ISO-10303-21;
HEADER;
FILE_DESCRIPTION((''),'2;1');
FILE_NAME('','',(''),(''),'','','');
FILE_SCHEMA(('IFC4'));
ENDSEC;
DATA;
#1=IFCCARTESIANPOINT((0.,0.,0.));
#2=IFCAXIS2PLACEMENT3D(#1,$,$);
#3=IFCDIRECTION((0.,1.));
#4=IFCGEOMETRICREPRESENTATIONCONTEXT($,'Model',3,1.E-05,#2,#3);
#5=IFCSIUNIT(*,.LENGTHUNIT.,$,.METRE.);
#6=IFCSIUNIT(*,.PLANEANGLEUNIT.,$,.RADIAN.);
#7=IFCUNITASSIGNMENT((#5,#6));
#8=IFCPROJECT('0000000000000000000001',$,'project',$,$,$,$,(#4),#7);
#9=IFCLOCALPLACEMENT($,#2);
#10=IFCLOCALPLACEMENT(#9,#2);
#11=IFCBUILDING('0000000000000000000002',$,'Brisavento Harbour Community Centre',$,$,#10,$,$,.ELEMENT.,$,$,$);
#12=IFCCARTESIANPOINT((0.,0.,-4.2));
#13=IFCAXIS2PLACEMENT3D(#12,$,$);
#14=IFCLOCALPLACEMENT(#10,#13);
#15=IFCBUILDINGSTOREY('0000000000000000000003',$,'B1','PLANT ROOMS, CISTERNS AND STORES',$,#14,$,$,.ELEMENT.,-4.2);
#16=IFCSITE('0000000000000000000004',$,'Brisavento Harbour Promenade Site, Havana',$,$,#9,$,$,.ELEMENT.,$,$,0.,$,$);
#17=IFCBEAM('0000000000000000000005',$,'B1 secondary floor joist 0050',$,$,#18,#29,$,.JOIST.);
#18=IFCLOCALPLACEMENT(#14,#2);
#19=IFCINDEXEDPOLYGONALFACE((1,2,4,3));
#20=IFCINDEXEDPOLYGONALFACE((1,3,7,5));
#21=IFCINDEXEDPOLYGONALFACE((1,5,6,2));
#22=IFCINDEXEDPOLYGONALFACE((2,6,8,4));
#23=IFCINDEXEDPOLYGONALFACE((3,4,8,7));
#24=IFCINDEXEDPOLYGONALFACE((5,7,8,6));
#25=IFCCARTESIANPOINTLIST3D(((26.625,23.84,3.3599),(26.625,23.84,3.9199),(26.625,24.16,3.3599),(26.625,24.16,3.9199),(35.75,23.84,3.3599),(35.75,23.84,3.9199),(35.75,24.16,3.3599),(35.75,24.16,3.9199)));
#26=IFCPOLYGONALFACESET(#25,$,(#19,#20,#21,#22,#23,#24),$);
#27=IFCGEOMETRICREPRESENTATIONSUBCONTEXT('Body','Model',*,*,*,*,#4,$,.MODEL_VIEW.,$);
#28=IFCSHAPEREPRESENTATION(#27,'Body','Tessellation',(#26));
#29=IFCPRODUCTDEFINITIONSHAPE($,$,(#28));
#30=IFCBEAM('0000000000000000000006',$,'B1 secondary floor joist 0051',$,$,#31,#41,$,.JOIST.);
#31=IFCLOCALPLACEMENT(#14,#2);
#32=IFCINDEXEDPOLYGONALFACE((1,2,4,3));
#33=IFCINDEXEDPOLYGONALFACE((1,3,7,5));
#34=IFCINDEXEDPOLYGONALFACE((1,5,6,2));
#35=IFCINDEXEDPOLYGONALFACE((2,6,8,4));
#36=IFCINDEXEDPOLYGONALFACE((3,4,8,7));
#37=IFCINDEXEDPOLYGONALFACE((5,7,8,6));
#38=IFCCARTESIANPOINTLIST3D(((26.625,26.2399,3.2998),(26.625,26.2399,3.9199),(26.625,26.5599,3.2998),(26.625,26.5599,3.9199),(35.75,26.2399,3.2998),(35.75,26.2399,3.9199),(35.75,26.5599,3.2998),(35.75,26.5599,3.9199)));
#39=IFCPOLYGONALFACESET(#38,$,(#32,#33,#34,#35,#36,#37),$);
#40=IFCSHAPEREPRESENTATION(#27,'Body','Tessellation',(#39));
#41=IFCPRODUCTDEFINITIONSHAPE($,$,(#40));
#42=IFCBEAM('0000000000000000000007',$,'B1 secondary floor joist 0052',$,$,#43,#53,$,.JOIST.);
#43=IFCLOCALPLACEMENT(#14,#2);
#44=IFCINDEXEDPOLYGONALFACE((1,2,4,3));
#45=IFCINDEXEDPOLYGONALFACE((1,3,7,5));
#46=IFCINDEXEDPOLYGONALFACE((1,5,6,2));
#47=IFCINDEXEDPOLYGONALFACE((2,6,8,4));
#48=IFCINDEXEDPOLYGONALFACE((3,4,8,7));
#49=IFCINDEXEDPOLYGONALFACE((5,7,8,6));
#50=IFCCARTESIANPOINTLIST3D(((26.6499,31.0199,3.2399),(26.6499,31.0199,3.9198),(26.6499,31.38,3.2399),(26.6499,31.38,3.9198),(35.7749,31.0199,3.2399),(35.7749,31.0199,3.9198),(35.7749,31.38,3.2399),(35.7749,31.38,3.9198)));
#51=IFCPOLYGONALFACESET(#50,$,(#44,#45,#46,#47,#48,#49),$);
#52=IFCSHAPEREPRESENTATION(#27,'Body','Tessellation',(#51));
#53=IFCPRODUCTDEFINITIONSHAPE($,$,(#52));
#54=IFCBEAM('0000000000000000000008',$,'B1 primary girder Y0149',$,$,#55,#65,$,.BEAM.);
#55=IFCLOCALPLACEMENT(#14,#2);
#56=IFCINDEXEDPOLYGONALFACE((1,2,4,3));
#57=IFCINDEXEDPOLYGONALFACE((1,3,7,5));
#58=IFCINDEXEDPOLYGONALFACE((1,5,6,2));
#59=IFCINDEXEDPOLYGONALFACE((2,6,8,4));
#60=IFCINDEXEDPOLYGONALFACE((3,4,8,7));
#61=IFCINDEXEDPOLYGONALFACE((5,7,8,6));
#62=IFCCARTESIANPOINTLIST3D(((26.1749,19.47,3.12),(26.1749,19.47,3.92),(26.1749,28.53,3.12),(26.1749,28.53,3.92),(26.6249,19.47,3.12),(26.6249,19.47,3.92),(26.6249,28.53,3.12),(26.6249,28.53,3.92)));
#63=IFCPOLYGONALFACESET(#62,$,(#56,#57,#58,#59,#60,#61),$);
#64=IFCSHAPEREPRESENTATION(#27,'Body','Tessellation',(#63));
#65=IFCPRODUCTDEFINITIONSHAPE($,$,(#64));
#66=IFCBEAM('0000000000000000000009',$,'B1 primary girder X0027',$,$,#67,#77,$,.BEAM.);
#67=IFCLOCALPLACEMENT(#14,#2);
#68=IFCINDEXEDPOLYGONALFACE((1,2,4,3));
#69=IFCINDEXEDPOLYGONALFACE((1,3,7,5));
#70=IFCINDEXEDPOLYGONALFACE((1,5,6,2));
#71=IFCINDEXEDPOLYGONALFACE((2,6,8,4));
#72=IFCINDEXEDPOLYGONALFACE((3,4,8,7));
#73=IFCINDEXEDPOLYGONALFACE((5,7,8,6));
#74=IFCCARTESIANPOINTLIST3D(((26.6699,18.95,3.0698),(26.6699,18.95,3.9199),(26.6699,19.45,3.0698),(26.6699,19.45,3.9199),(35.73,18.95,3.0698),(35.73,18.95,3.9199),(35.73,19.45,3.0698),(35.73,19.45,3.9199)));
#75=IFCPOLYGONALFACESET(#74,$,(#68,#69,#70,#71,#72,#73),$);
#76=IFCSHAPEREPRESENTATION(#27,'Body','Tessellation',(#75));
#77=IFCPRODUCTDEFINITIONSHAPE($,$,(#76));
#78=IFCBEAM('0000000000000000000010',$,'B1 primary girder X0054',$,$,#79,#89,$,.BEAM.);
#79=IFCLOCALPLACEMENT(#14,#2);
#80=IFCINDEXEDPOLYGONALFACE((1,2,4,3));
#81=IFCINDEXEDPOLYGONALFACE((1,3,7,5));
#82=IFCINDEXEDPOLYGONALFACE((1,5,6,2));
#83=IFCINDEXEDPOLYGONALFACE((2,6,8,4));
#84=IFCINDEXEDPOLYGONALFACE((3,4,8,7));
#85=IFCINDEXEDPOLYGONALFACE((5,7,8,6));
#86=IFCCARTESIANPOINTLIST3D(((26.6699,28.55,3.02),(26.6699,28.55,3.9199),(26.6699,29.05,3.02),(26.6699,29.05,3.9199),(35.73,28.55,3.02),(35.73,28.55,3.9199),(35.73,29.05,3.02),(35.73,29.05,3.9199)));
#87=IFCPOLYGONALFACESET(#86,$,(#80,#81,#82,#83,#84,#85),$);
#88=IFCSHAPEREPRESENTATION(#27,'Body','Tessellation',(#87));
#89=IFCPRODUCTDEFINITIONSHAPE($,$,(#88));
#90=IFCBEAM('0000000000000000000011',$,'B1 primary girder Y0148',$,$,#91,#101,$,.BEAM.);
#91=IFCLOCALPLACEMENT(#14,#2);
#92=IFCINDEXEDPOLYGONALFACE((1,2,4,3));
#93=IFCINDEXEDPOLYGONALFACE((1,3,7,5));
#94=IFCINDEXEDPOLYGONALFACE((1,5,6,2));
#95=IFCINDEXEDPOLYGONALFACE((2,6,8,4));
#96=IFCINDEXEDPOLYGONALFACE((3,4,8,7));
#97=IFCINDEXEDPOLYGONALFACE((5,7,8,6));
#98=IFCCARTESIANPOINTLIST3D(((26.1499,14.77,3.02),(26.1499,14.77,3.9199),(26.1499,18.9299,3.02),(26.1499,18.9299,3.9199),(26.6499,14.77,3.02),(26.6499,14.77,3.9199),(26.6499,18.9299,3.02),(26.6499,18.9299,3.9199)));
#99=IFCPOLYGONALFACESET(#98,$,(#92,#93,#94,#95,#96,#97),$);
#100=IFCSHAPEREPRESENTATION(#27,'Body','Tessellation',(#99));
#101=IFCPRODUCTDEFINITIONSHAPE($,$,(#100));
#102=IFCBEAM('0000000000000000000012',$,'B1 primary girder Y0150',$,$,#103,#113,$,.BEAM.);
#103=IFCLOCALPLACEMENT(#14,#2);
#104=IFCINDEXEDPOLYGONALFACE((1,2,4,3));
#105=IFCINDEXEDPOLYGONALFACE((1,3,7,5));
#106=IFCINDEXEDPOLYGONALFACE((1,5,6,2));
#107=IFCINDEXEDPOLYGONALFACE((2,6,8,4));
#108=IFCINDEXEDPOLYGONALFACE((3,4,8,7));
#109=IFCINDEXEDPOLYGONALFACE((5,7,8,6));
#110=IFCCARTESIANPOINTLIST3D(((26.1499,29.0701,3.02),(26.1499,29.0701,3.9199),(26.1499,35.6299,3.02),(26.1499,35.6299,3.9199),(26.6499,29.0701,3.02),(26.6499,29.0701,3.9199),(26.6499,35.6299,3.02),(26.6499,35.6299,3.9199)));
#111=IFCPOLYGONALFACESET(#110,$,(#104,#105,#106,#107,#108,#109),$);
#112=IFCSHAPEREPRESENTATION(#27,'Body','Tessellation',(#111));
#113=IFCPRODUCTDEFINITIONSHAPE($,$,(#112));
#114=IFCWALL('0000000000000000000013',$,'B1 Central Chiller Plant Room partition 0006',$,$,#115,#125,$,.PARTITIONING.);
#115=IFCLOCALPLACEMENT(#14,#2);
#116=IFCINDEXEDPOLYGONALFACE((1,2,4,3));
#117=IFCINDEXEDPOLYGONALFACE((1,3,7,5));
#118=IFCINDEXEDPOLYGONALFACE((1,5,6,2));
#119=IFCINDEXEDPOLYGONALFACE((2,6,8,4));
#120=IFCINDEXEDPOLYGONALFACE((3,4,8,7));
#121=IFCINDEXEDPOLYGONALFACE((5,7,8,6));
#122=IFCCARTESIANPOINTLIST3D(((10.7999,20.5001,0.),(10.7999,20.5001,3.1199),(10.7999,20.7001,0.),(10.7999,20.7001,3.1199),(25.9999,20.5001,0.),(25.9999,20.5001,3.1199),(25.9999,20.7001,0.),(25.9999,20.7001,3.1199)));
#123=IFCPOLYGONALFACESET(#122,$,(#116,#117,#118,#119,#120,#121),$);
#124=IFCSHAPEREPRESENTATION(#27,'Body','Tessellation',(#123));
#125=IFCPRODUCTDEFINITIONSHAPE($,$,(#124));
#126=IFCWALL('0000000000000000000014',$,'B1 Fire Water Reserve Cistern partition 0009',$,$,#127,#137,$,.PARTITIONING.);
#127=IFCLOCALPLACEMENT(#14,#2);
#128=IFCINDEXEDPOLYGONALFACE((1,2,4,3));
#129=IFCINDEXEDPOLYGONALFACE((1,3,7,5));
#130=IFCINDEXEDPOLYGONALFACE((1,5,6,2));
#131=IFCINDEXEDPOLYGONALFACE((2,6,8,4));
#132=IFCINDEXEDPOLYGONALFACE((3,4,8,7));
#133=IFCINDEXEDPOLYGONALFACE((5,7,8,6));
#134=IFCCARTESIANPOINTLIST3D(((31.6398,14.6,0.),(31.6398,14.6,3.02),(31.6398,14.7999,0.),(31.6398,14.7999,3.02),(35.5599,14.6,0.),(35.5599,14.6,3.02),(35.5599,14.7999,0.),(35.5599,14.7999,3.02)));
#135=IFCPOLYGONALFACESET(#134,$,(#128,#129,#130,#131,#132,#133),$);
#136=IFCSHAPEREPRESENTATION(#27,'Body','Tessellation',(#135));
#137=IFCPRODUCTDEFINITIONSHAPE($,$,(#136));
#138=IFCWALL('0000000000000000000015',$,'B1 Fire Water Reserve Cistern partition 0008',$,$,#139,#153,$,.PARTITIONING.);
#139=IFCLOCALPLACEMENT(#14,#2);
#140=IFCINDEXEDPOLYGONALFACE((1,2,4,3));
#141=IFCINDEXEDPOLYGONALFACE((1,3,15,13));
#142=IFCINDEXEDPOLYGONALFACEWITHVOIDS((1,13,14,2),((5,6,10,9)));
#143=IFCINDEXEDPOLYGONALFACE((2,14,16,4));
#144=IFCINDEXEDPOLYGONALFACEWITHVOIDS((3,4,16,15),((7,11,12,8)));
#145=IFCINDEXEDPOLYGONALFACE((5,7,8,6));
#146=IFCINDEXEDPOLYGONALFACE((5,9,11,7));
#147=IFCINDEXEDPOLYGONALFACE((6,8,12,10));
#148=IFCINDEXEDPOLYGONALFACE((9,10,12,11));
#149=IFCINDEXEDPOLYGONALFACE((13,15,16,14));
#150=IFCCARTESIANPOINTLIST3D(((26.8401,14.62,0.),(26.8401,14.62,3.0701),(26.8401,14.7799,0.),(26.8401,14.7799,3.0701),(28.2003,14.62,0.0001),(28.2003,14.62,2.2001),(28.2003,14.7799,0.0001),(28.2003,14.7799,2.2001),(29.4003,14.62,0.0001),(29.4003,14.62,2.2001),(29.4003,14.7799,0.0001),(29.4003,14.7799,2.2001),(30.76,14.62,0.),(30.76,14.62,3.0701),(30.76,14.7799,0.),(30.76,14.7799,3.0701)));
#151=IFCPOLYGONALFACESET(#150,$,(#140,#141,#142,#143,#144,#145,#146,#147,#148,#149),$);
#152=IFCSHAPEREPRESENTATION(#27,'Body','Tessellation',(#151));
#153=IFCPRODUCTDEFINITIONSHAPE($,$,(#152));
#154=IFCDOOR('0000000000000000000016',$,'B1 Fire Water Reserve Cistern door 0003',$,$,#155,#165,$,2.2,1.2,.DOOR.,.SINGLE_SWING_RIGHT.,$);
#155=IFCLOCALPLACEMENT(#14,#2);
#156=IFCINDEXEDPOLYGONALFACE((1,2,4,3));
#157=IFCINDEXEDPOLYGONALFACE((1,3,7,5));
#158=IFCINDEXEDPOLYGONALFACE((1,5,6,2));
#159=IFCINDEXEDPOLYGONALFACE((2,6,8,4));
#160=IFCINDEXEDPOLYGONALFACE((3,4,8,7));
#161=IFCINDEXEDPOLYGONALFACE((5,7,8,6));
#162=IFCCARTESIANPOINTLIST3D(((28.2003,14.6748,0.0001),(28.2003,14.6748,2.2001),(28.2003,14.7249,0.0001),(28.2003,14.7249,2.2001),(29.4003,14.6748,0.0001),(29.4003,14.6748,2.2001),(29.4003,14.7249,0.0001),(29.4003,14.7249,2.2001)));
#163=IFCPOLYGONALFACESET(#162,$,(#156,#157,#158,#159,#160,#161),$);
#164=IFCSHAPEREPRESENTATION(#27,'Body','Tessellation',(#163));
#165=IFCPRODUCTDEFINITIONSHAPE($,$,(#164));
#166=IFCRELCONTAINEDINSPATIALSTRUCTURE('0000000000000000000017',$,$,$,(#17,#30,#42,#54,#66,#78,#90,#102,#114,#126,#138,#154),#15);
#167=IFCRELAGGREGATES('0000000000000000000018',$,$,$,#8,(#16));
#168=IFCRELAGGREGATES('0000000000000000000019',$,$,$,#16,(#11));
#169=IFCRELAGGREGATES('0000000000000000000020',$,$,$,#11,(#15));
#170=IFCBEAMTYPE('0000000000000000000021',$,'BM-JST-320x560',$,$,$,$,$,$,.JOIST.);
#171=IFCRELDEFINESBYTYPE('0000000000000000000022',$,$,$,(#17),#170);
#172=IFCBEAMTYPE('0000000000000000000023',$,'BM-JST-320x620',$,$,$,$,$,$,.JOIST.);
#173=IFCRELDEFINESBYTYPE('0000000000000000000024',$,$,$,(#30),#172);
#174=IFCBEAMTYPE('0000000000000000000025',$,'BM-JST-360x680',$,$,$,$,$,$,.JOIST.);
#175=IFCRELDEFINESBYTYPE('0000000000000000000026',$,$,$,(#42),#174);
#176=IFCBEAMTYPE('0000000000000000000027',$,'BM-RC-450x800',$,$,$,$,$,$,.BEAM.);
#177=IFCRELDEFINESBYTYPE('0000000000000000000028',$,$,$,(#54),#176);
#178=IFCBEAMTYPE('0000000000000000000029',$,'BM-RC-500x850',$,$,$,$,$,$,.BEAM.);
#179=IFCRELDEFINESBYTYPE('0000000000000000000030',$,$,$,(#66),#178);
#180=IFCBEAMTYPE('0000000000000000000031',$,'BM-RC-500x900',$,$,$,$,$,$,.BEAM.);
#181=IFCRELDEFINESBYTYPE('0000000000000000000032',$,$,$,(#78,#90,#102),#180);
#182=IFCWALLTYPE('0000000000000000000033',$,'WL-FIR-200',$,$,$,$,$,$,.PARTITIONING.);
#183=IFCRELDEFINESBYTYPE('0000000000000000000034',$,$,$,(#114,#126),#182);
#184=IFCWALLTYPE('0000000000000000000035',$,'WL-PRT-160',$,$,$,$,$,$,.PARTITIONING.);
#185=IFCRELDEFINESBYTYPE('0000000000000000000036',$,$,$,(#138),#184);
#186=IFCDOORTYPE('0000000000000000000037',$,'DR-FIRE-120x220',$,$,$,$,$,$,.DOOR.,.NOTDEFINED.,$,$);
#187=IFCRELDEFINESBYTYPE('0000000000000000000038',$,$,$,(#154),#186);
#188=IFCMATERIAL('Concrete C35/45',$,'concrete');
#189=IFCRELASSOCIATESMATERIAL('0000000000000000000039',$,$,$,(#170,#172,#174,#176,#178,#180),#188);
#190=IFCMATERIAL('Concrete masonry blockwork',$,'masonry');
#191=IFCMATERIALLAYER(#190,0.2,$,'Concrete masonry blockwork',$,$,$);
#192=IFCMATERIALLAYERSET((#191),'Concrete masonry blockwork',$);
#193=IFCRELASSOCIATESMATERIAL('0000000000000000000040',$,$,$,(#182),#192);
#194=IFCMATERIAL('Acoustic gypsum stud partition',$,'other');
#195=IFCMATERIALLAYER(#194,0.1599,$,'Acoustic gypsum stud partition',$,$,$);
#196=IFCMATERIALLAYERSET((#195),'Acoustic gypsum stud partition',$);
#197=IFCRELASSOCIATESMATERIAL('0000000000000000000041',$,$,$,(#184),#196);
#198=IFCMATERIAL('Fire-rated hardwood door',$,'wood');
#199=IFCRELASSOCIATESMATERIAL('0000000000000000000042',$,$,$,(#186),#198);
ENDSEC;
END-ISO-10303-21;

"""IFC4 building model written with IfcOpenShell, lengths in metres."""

from ifc_helpers import new_model, si_unit, direction, frame, frame_2d, origin, origin_2d, place, context, subcontext, project, spatial, rectangle, extrude, material, layer, layer_set, material_profile, profile_set, type_object, element, fill, save


model = new_model("IFC4")

# Units and contexts
model_context = context("Model", 3, precision=1e-05, world=origin(), true_north=direction((0.0, 1.0)))
body_context = subcontext(model_context, "Body", "Model", "MODEL_VIEW")
ifc_project = project(units=[si_unit("LENGTHUNIT", "METRE"), si_unit("PLANEANGLEUNIT", "RADIAN")], contexts=[model_context])

# Site, building, storey
site_placement = place(None, origin())
site = spatial("IfcSite", under=ifc_project, at=site_placement, Name="Brisavento Harbour Promenade Site, Havana", CompositionType="ELEMENT", RefElevation=0.0)
building_placement = place(site_placement, origin())
building = spatial("IfcBuilding", under=site, at=building_placement, Name="Brisavento Harbour Community Centre", CompositionType="ELEMENT")
storey_placement = place(building_placement, frame((0.0, 0.0, -4.2)))
storey = spatial("IfcBuildingStorey", under=building, at=storey_placement, Name="B1", Description="PLANT ROOMS, CISTERNS AND STORES", CompositionType="ELEMENT", Elevation=-4.2)

# Shared definitions
ifc_material_1 = material(Name="Concrete C35/45", Category="concrete")

# Beams
ifc_material_profile_1 = material_profile(ifc_material_1, rectangle(XDim=0.3201, YDim=0.5601, at=origin_2d()), Name="Concrete C35/45")
ifc_profile_set_1 = profile_set([ifc_material_profile_1], Name="Concrete C35/45")
beam_type_1 = type_object("IfcBeamType", Name="BM-JST-320x560", PredefinedType="JOIST", material=ifc_profile_set_1)
beam_1_placement = place(storey_placement, frame((26.625, 24.0, 3.6399), z_axis=(1.0, 0.0, 0.0), x_axis=(0.0, 1.0, 0.0)))
element("IfcBeam", 1, at=beam_1_placement, inside=storey, type_object=beam_type_1, Name="B1 secondary floor joist 0050", PredefinedType="JOIST", context=body_context, shape_type="SweptSolid", body=[
    extrude(rectangle(XDim=0.3201, YDim=0.5601, at=origin_2d()), origin(), (0.0, 0.0, 1.0), 9.125),
])
ifc_material_profile_2 = material_profile(ifc_material_1, rectangle(XDim=0.3201, YDim=0.6201, at=origin_2d()), Name="Concrete C35/45")
ifc_profile_set_2 = profile_set([ifc_material_profile_2], Name="Concrete C35/45")
beam_type_2 = type_object("IfcBeamType", Name="BM-JST-320x620", PredefinedType="JOIST", material=ifc_profile_set_2)
beam_2_placement = place(storey_placement, frame((26.625, 26.3999, 3.6099), z_axis=(1.0, 0.0, 0.0), x_axis=(0.0, 1.0, 0.0)))
element("IfcBeam", 2, at=beam_2_placement, inside=storey, type_object=beam_type_2, Name="B1 secondary floor joist 0051", PredefinedType="JOIST", context=body_context, shape_type="SweptSolid", body=[
    extrude(rectangle(XDim=0.3201, YDim=0.6201, at=origin_2d()), origin(), (0.0, 0.0, 1.0), 9.125),
])
ifc_material_profile_3 = material_profile(ifc_material_1, rectangle(XDim=0.3601, YDim=0.6799, at=origin_2d()), Name="Concrete C35/45")
ifc_profile_set_3 = profile_set([ifc_material_profile_3], Name="Concrete C35/45")
beam_type_3 = type_object("IfcBeamType", Name="BM-JST-360x680", PredefinedType="JOIST", material=ifc_profile_set_3)
beam_3_placement = place(storey_placement, frame((26.6499, 31.2, 3.5798), z_axis=(1.0, 0.0, 0.0), x_axis=(0.0, 1.0, 0.0)))
element("IfcBeam", 3, at=beam_3_placement, inside=storey, type_object=beam_type_3, Name="B1 secondary floor joist 0052", PredefinedType="JOIST", context=body_context, shape_type="SweptSolid", body=[
    extrude(rectangle(XDim=0.3601, YDim=0.6799, at=origin_2d()), origin(), (0.0, 0.0, 1.0), 9.125),
])
ifc_material_profile_4 = material_profile(ifc_material_1, rectangle(XDim=0.45, YDim=0.8, at=origin_2d()), Name="Concrete C35/45")
ifc_profile_set_4 = profile_set([ifc_material_profile_4], Name="Concrete C35/45")
beam_type_4 = type_object("IfcBeamType", Name="BM-RC-450x800", PredefinedType="BEAM", material=ifc_profile_set_4)
beam_4_placement = place(storey_placement, frame((26.3999, 19.47, 3.52), z_axis=(0.0, 1.0, 0.0), x_axis=(-1.0, 0.0, 0.0)))
element("IfcBeam", 4, at=beam_4_placement, inside=storey, type_object=beam_type_4, Name="B1 primary girder Y0149", PredefinedType="BEAM", context=body_context, shape_type="SweptSolid", body=[
    extrude(rectangle(XDim=0.45, YDim=0.8, at=origin_2d()), origin(), (0.0, 0.0, 1.0), 9.0601),
])
ifc_material_profile_5 = material_profile(ifc_material_1, rectangle(XDim=0.5, YDim=0.8501, at=origin_2d()), Name="Concrete C35/45")
ifc_profile_set_5 = profile_set([ifc_material_profile_5], Name="Concrete C35/45")
beam_type_5 = type_object("IfcBeamType", Name="BM-RC-500x850", PredefinedType="BEAM", material=ifc_profile_set_5)
beam_5_placement = place(storey_placement, frame((26.6699, 19.2, 3.4949), z_axis=(1.0, 0.0, 0.0), x_axis=(0.0, 1.0, 0.0)))
element("IfcBeam", 5, at=beam_5_placement, inside=storey, type_object=beam_type_5, Name="B1 primary girder X0027", PredefinedType="BEAM", context=body_context, shape_type="SweptSolid", body=[
    extrude(rectangle(XDim=0.5, YDim=0.8501, at=origin_2d()), origin(), (0.0, 0.0, 1.0), 9.0601),
])
ifc_material_profile_6 = material_profile(ifc_material_1, rectangle(XDim=0.5, YDim=0.8999, at=origin_2d()), Name="Concrete C35/45")
ifc_profile_set_6 = profile_set([ifc_material_profile_6], Name="Concrete C35/45")
beam_type_6 = type_object("IfcBeamType", Name="BM-RC-500x900", PredefinedType="BEAM", material=ifc_profile_set_6)
beam_6_placement = place(storey_placement, frame((26.6699, 28.8, 3.47), z_axis=(1.0, 0.0, 0.0), x_axis=(0.0, 1.0, 0.0)))
element("IfcBeam", 6, at=beam_6_placement, inside=storey, type_object=beam_type_6, Name="B1 primary girder X0054", PredefinedType="BEAM", context=body_context, shape_type="SweptSolid", body=[
    extrude(rectangle(XDim=0.5, YDim=0.8999, at=origin_2d()), origin(), (0.0, 0.0, 1.0), 9.0601),
])
beam_7_placement = place(storey_placement, frame((26.3999, 14.77, 3.47), z_axis=(0.0, 1.0, 0.0), x_axis=(-1.0, 0.0, 0.0)))
element("IfcBeam", 7, at=beam_7_placement, inside=storey, type_object=beam_type_6, Name="B1 primary girder Y0148", PredefinedType="BEAM", context=body_context, shape_type="SweptSolid", body=[
    extrude(rectangle(XDim=0.5, YDim=0.8999, at=origin_2d()), origin(), (0.0, 0.0, 1.0), 4.1599),
])
beam_8_placement = place(storey_placement, frame((26.3999, 29.0701, 3.47), z_axis=(0.0, 1.0, 0.0), x_axis=(-1.0, 0.0, 0.0)))
element("IfcBeam", 8, at=beam_8_placement, inside=storey, type_object=beam_type_6, Name="B1 primary girder Y0150", PredefinedType="BEAM", context=body_context, shape_type="SweptSolid", body=[
    extrude(rectangle(XDim=0.5, YDim=0.8999, at=origin_2d()), origin(), (0.0, 0.0, 1.0), 6.5598),
])

# Walls
ifc_material_2 = material(Name="Concrete masonry blockwork", Category="masonry")
ifc_layer_1 = layer(ifc_material_2, 0.2, Name="Concrete masonry blockwork")
ifc_layer_set_1 = layer_set([ifc_layer_1], Name="Concrete masonry blockwork")
wall_type_1 = type_object("IfcWallType", Name="WL-FIR-200", PredefinedType="PARTITIONING", material=ifc_layer_set_1)
wall_1_placement = place(storey_placement, frame((26.0, 20.6001, 0.0), z_axis=(0.0, 0.0, 1.0), x_axis=(-1.0, 0.0, 0.0)))
element("IfcWall", 9, at=wall_1_placement, inside=storey, type_object=wall_type_1, Name="B1 Central Chiller Plant Room partition 0006", PredefinedType="PARTITIONING", context=body_context, shape_type="SweptSolid", body=[
    extrude(rectangle(XDim=15.2, YDim=0.2, at=frame_2d((7.6001, 0.0))), origin(), (0.0, 0.0, 1.0), 3.1199),
])
wall_2_placement = place(storey_placement, frame((31.6399, 14.7, 0.0), z_axis=(0.0, 0.0, 1.0), x_axis=(1.0, 0.0, 0.0)))
element("IfcWall", 10, at=wall_2_placement, inside=storey, type_object=wall_type_1, Name="B1 Fire Water Reserve Cistern partition 0009", PredefinedType="PARTITIONING", context=body_context, shape_type="SweptSolid", body=[
    extrude(rectangle(XDim=3.9202, YDim=0.2, at=frame_2d((1.96, 0.0))), origin(), (0.0, 0.0, 1.0), 3.02),
])

# Wall, opening, door
ifc_material_3 = material(Name="Acoustic gypsum stud partition", Category="other")
ifc_layer_2 = layer(ifc_material_3, 0.1599, Name="Acoustic gypsum stud partition")
ifc_layer_set_2 = layer_set([ifc_layer_2], Name="Acoustic gypsum stud partition")
wall_type_2 = type_object("IfcWallType", Name="WL-PRT-160", PredefinedType="PARTITIONING", material=ifc_layer_set_2)
wall_3_placement = place(storey_placement, frame((26.8401, 14.7, 0.0), z_axis=(0.0, 0.0, 1.0), x_axis=(1.0, 0.0, 0.0)))
wall_3 = element("IfcWall", 11, at=wall_3_placement, inside=storey, type_object=wall_type_2, Name="B1 Fire Water Reserve Cistern partition 0008", PredefinedType="PARTITIONING", context=body_context, shape_type="SweptSolid", body=[
    extrude(rectangle(XDim=3.9199, YDim=0.1599, at=frame_2d((1.96, 0.0))), origin(), (0.0, 0.0, 1.0), 3.0701),
])
opening_placement = place(wall_3_placement, frame((1.3601, 0.0, 0.0)))
opening = element("IfcOpeningElement", 12, at=opening_placement, cuts=wall_3, PredefinedType="OPENING", context=body_context, shape_type="SweptSolid", body=[
    extrude(rectangle(XDim=1.2, YDim=2.2, at=frame_2d((0.6001, 1.1001))), frame((0.0, 0.0898, 0.0), z_axis=(0.0, -1.0, 0.0), x_axis=(1.0, 0.0, 0.0)), (0.0, 0.0, 1.0), 0.1799),
])
ifc_material_4 = material(Name="Fire-rated hardwood door", Category="wood")
door_type = type_object("IfcDoorType", Name="DR-FIRE-120x220", OperationType="NOTDEFINED", PredefinedType="DOOR", material=ifc_material_4)
door_placement = place(opening_placement, origin())
door = element("IfcDoor", 13, at=door_placement, inside=storey, type_object=door_type, Name="B1 Fire Water Reserve Cistern door 0003", OperationType="SINGLE_SWING_RIGHT", OverallHeight=2.2, OverallWidth=1.2, PredefinedType="DOOR", context=body_context, shape_type="SweptSolid", body=[
    extrude(rectangle(XDim=1.2, YDim=2.2, at=frame_2d((0.6001, 1.1001))), frame((0.0, 0.0249, 0.0), z_axis=(0.0, -1.0, 0.0), x_axis=(1.0, 0.0, 0.0)), (0.0, 0.0, 1.0), 0.05),
])
fill(opening, door)

save(model, "model.ifc")
